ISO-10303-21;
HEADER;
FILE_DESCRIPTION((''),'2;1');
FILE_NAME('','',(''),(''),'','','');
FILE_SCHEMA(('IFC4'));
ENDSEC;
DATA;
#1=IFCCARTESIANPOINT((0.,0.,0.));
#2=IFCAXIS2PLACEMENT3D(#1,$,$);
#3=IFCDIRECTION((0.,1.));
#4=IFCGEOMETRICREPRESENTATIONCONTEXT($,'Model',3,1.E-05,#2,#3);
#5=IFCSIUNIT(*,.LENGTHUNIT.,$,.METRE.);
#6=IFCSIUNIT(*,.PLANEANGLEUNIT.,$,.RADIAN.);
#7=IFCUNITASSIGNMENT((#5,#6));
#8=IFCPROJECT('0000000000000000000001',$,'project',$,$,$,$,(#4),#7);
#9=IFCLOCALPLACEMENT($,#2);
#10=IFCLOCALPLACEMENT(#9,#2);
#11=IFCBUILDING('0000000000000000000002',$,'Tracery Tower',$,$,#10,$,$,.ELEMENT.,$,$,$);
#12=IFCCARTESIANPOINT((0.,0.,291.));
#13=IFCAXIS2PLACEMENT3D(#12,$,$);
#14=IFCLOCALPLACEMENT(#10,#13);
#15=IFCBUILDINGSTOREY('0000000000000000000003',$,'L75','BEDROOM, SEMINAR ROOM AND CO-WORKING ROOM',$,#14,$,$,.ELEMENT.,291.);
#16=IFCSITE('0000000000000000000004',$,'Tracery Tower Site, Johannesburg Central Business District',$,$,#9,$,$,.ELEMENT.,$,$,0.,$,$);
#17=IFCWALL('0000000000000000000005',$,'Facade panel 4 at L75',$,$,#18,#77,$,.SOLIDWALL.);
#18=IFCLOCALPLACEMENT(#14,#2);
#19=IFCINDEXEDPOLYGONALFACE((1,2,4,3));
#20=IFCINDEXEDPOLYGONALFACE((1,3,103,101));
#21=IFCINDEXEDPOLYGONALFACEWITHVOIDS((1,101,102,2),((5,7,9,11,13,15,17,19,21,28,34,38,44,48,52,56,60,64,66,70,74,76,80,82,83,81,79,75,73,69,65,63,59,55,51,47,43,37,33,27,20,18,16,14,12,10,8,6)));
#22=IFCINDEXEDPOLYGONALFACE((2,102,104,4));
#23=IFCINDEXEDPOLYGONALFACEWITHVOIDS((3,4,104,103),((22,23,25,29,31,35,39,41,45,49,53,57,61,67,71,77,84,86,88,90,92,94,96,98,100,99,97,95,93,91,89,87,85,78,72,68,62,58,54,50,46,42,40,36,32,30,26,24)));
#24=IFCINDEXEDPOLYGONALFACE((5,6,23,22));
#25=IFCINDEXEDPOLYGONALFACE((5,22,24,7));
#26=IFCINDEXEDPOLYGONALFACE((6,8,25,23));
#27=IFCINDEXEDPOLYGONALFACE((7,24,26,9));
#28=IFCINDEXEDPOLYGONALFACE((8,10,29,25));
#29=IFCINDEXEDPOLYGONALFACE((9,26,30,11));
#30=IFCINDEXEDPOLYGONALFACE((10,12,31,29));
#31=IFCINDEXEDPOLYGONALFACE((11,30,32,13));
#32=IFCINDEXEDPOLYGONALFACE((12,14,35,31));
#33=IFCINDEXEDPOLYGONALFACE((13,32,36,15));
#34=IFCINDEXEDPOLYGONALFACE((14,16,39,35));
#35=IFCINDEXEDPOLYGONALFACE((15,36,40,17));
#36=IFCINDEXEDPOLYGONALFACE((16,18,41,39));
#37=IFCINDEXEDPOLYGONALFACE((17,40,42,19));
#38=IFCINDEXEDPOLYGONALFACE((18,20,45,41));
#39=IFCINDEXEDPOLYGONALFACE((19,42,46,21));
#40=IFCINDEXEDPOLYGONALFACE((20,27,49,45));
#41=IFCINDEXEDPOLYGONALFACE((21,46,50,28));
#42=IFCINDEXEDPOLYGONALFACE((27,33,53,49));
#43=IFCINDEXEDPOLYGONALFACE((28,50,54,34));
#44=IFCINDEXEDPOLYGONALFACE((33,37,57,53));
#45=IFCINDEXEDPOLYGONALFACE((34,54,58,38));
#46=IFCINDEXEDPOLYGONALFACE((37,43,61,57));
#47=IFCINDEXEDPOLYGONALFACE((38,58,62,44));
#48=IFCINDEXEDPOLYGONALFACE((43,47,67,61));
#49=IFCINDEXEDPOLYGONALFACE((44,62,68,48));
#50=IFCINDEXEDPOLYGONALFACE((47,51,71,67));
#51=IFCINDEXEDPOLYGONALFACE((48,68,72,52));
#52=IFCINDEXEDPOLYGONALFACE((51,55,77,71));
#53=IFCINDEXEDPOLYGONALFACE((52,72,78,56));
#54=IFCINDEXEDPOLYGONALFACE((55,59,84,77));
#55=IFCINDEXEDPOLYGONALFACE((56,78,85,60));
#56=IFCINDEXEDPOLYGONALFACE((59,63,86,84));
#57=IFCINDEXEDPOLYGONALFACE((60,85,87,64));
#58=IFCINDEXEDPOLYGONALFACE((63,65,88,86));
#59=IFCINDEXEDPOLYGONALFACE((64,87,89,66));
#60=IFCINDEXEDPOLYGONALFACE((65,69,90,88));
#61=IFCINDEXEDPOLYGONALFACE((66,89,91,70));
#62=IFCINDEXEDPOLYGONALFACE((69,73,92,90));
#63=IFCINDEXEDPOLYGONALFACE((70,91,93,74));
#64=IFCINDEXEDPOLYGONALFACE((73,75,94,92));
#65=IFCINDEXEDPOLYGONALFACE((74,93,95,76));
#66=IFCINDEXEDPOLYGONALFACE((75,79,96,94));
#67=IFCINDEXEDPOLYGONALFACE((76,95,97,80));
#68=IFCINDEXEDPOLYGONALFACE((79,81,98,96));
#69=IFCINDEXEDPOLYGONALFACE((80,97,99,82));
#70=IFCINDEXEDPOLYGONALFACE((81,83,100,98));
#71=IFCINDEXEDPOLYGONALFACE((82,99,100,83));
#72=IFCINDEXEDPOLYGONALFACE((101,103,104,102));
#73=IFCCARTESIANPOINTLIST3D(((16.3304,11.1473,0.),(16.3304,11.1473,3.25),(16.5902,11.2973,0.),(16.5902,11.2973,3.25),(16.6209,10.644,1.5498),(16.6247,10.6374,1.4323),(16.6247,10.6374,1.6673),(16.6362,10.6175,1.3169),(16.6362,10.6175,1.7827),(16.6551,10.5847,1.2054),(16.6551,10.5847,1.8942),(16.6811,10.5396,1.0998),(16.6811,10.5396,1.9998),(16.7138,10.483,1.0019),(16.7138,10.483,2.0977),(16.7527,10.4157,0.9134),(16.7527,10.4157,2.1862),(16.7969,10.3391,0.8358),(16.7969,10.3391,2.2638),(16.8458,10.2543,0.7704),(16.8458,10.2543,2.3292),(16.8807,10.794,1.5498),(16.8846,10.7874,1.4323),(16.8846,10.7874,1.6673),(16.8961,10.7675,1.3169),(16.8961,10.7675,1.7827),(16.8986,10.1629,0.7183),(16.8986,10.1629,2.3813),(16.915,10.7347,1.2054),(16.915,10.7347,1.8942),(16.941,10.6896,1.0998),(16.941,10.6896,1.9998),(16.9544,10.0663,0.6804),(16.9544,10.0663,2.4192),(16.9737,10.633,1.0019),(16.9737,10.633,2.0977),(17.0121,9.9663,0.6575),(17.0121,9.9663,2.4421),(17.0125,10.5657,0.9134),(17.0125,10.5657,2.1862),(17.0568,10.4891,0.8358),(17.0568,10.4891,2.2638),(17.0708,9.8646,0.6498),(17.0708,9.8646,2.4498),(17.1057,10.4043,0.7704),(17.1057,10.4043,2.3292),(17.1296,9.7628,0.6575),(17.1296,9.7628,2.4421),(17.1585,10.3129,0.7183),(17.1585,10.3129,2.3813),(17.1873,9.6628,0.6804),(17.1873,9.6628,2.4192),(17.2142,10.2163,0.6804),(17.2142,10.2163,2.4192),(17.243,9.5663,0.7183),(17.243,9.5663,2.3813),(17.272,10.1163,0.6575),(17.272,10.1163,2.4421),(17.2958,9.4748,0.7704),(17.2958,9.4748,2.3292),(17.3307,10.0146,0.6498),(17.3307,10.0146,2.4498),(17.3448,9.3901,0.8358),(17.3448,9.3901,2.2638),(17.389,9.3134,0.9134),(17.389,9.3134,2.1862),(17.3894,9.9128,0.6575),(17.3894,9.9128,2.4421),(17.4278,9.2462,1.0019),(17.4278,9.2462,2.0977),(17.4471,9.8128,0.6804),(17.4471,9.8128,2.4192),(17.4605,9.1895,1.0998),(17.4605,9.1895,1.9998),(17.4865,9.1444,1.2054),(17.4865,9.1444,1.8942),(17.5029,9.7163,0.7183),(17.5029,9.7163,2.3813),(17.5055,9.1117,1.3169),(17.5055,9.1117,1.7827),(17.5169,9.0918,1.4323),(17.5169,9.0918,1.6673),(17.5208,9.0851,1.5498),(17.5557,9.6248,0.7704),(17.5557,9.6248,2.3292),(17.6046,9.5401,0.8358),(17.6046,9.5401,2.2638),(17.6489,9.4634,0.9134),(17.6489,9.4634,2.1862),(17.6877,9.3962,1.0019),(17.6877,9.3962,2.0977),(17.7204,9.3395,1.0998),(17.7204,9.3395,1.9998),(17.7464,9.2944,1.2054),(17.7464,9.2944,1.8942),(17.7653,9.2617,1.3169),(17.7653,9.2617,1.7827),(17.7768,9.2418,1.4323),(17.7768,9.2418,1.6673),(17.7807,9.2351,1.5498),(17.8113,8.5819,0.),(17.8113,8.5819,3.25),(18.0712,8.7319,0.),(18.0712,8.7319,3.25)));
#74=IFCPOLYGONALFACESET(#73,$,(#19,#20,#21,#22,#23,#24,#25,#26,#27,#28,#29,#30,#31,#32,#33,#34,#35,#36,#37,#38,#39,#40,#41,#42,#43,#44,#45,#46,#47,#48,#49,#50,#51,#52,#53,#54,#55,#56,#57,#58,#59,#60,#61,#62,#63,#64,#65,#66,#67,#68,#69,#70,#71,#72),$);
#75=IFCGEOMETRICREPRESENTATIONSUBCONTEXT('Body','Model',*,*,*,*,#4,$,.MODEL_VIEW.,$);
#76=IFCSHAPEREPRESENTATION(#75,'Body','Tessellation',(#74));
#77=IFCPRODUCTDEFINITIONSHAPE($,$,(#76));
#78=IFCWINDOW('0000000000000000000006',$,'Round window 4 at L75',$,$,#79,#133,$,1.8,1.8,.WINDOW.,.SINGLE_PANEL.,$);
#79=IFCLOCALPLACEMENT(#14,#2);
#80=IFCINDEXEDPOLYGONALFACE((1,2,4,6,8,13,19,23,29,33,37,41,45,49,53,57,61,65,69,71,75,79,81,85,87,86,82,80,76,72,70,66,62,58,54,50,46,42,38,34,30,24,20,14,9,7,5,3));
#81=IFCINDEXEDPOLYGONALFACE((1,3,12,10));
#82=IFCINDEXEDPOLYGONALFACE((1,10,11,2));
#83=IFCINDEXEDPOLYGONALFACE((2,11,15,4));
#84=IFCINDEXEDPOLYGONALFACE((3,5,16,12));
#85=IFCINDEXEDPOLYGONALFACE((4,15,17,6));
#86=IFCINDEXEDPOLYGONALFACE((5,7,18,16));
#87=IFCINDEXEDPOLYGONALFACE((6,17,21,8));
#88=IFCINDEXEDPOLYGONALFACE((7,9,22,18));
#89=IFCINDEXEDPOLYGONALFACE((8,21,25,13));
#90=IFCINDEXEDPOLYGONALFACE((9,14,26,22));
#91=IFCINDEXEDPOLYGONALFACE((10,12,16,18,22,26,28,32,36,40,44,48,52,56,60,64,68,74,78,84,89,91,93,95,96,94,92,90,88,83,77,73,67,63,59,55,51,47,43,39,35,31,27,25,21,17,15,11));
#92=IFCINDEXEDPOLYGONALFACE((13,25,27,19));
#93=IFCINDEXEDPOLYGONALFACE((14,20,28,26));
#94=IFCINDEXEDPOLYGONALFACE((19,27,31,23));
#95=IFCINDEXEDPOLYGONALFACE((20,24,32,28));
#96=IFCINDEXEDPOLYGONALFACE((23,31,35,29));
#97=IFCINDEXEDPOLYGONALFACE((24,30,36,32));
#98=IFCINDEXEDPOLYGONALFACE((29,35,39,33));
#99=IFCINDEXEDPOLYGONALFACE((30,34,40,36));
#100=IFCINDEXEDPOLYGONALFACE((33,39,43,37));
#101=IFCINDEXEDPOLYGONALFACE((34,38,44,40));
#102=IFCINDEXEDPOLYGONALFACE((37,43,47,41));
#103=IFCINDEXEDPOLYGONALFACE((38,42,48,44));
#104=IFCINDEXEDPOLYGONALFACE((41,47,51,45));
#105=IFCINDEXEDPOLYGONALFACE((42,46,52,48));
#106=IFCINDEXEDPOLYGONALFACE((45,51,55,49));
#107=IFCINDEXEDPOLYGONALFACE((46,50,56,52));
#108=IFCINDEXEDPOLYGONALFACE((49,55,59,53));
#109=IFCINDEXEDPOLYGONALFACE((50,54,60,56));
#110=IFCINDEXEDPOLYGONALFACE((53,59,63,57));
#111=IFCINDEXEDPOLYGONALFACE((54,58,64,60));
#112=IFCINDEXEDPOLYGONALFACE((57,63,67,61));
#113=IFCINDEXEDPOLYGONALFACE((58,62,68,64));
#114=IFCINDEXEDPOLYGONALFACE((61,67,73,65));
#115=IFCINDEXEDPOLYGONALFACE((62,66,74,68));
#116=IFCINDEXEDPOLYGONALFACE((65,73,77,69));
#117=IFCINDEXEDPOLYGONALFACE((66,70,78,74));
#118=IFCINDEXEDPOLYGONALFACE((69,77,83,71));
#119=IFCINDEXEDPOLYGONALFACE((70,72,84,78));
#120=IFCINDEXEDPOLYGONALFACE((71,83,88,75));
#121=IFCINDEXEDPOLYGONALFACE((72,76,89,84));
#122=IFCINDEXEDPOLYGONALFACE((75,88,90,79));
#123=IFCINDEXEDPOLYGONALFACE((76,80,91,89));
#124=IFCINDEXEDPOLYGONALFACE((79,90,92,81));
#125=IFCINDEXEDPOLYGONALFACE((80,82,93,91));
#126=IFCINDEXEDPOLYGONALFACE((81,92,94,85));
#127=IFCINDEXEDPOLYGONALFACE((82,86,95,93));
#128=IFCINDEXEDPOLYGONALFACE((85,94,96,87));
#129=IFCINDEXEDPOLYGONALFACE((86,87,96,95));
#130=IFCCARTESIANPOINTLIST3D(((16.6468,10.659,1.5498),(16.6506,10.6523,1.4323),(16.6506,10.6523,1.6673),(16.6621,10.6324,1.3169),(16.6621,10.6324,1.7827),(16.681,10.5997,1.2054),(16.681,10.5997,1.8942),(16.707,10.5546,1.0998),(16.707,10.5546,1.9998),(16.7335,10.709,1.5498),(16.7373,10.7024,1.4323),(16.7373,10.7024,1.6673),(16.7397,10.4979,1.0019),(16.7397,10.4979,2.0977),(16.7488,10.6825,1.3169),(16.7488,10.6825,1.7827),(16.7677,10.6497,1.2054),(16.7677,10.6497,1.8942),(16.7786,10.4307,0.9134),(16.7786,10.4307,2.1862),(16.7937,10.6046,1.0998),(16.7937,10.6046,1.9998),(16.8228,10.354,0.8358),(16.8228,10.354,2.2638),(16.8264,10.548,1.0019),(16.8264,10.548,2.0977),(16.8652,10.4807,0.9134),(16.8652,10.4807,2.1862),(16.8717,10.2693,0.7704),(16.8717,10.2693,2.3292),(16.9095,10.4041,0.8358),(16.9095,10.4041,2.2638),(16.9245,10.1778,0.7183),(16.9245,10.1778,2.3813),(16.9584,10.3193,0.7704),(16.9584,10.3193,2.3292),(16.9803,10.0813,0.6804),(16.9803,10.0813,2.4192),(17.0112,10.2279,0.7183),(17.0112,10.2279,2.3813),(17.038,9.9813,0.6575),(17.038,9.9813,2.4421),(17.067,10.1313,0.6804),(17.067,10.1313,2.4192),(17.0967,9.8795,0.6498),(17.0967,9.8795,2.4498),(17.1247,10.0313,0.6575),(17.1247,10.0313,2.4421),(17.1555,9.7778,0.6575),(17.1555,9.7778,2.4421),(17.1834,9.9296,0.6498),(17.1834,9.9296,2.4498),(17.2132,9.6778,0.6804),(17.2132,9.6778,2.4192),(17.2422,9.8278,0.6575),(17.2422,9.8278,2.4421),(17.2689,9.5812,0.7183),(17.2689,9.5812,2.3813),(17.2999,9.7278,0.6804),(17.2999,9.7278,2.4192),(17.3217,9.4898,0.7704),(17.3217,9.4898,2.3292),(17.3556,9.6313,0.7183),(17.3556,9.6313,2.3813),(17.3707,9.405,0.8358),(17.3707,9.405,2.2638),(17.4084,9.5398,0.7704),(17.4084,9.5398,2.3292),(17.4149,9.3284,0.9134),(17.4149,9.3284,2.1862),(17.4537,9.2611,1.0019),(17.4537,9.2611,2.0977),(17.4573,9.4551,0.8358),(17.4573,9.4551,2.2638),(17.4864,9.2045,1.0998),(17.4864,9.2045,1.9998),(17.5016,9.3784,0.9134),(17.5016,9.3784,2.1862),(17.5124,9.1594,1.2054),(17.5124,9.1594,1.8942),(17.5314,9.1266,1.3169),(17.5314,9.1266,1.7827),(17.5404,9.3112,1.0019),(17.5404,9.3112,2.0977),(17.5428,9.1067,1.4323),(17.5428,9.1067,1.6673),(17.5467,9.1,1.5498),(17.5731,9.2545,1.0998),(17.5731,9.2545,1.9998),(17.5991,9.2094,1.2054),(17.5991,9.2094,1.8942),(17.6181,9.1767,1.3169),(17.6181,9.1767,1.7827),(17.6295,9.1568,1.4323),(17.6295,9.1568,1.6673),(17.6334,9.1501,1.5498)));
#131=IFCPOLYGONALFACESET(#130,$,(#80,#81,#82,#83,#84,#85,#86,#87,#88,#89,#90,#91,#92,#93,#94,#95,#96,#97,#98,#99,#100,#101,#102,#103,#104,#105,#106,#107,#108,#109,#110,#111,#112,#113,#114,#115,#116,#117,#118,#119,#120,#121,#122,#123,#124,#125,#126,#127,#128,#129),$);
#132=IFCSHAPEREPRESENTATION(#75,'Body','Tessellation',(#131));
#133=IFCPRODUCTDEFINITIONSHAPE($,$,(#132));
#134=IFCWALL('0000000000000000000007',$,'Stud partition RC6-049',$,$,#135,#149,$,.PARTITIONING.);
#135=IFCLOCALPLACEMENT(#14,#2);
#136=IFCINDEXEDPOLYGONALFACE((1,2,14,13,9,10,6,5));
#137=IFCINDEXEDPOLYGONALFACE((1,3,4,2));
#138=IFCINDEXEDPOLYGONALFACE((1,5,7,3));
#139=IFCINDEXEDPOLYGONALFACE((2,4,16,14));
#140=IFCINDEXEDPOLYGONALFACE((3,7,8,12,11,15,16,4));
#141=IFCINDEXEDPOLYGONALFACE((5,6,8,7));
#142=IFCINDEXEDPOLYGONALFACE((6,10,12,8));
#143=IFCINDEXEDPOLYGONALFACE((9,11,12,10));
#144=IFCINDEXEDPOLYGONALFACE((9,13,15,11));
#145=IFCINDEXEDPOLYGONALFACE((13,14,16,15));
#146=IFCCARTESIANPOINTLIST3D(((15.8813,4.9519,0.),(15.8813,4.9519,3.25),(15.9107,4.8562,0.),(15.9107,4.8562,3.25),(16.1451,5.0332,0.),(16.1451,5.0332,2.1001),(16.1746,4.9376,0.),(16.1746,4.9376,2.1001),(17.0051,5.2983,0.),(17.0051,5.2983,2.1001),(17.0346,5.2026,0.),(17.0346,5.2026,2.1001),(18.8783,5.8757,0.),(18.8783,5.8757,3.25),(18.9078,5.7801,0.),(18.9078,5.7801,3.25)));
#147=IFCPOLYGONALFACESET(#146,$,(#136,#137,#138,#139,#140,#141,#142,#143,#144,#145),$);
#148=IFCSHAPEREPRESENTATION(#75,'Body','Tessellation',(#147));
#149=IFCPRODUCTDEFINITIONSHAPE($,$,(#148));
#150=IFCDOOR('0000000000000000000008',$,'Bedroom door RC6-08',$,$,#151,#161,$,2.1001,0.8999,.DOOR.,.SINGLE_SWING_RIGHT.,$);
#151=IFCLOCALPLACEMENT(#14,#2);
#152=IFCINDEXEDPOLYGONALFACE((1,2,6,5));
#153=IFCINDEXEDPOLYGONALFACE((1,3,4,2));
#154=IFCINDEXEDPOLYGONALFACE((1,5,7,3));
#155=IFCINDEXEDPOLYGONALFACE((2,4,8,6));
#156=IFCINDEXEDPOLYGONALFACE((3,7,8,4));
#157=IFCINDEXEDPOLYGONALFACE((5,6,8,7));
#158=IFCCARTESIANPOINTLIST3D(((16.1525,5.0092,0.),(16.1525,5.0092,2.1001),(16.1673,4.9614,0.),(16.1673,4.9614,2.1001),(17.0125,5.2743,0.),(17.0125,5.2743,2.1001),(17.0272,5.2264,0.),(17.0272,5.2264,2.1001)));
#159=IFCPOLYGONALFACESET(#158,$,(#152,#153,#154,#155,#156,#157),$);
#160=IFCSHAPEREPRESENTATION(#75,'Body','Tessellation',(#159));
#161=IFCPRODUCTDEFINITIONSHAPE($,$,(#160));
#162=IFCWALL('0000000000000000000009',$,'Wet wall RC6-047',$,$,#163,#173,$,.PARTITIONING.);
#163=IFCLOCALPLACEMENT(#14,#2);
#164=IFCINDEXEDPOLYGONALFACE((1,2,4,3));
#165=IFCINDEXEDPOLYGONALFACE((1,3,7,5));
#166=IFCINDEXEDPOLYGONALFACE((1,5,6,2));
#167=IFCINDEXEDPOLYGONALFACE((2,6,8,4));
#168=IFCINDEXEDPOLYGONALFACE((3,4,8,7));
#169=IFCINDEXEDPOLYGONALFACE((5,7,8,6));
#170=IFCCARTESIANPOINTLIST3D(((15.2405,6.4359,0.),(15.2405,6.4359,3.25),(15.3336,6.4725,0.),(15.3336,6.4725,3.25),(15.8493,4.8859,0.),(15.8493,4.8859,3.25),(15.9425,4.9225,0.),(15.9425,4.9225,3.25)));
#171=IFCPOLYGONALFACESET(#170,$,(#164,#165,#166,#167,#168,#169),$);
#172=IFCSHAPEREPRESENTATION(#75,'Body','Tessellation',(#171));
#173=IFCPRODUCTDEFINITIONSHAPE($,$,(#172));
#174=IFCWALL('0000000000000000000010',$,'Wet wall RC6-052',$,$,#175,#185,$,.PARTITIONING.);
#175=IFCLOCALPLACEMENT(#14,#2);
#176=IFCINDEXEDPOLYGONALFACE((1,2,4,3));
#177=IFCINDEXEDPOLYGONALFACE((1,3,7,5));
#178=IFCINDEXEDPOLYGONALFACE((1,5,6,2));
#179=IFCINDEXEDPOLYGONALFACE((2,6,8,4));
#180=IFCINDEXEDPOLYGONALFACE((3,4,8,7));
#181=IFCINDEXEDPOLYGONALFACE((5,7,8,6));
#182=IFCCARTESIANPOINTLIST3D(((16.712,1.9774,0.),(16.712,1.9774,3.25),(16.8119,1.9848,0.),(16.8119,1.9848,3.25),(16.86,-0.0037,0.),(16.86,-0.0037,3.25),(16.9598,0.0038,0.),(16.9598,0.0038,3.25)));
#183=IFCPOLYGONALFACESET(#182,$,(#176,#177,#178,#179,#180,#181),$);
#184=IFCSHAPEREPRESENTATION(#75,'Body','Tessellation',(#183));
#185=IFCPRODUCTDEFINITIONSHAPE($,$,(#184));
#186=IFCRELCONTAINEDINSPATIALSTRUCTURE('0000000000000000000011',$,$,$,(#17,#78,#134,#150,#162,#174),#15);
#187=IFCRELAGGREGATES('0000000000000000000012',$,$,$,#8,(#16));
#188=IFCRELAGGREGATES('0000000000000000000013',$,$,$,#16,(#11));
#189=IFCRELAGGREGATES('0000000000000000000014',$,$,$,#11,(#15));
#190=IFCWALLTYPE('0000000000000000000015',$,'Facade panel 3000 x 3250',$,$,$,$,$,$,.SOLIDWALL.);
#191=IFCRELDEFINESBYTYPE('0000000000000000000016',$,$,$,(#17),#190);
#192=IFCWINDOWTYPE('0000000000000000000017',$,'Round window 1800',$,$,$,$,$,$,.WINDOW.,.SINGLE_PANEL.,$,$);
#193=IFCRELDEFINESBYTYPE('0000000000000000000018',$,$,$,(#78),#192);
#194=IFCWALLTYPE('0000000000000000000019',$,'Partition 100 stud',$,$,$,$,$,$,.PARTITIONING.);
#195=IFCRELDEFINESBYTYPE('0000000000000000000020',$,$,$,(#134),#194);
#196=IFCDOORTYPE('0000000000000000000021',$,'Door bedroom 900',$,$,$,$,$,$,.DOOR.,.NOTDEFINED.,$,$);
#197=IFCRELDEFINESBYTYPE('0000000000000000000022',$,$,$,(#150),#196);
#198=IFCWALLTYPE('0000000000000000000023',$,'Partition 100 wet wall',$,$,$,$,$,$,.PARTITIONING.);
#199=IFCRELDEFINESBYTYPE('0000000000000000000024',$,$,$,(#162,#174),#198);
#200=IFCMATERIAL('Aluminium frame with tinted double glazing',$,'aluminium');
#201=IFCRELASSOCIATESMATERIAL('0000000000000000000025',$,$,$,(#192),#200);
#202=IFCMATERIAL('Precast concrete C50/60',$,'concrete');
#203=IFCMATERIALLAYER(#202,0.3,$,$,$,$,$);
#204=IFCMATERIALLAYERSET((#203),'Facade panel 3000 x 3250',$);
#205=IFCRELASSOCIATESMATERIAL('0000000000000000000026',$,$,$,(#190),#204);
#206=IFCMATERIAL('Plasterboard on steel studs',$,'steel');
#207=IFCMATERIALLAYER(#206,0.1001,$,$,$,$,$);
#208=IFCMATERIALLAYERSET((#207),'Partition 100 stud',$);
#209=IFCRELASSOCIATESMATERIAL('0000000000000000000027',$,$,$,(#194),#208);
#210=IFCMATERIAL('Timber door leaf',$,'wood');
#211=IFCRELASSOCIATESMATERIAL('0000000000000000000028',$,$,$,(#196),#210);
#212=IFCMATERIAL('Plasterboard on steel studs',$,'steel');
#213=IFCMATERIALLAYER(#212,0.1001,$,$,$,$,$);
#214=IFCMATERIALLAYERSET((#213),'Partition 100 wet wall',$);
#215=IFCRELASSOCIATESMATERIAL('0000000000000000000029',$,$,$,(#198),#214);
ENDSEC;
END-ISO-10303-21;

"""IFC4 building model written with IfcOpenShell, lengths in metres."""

from ifc_helpers import new_model, si_unit, direction, frame, frame_2d, origin, origin_2d, place, context, subcontext, project, spatial, rectangle, circle, extrude, material, layer, layer_set, type_object, element, fill, save


model = new_model("IFC4")

# Units and contexts
model_context = context("Model", 3, precision=1e-05, world=origin(), true_north=direction((0.0, 1.0)))
body_context = subcontext(model_context, "Body", "Model", "MODEL_VIEW")
ifc_project = project(units=[si_unit("LENGTHUNIT", "METRE"), si_unit("PLANEANGLEUNIT", "RADIAN")], contexts=[model_context])

# Site, building, storey
site_placement = place(None, origin())
site = spatial("IfcSite", under=ifc_project, at=site_placement, Name="Tracery Tower Site, Johannesburg Central Business District", CompositionType="ELEMENT", RefElevation=0.0)
building_placement = place(site_placement, origin())
building = spatial("IfcBuilding", under=site, at=building_placement, Name="Tracery Tower", CompositionType="ELEMENT")
storey_placement = place(building_placement, frame((0.0, 0.0, 291.0)))
storey = spatial("IfcBuildingStorey", under=building, at=storey_placement, Name="L75", Description="BEDROOM, SEMINAR ROOM AND CO-WORKING ROOM", CompositionType="ELEMENT", Elevation=291.0)

# Wall, opening, window
ifc_material_1 = material(Name="Aluminium frame with tinted double glazing", Category="aluminium")
window_type = type_object("IfcWindowType", Name="Round window 1800", PartitioningType="SINGLE_PANEL", PredefinedType="WINDOW", material=ifc_material_1)
ifc_material_2 = material(Name="Precast concrete C50/60", Category="concrete")
ifc_layer_1 = layer(ifc_material_2, 0.3)
ifc_layer_set_1 = layer_set([ifc_layer_1], Name="Facade panel 3000 x 3250")
wall_type_1 = type_object("IfcWallType", Name="Facade panel 3000 x 3250", PredefinedType="SOLIDWALL", material=ifc_layer_set_1)
wall_1_placement = place(storey_placement, frame((17.9412, 8.657, 0.0), z_axis=(0.0, 0.0, 1.0), x_axis=(-0.499951, 0.866054, 0.0)))
wall_1 = element("IfcWall", 1, at=wall_1_placement, inside=storey, type_object=wall_type_1, Name="Facade panel 4 at L75", PredefinedType="SOLIDWALL", context=body_context, shape_type="SweptSolid", body=[
    extrude(rectangle(XDim=2.9622, YDim=0.3, at=frame_2d((1.481, 0.0))), origin(), (0.0, 0.0, 1.0), 3.25),
])
opening_1_placement = place(wall_1_placement, frame((1.481, 0.0, 1.5498)))
opening_1 = element("IfcOpeningElement", 2, at=opening_1_placement, cuts=wall_1, PredefinedType="OPENING", context=body_context, shape_type="SweptSolid", body=[
    extrude(circle(Radius=0.9, at=origin_2d()), frame((0.0, 0.1599, 0.0), z_axis=(0.0, -1.0, 0.0), x_axis=(1.0, 0.0, 0.0)), (0.0, 0.0, 1.0), 0.3201),
])
window_1_placement = place(opening_1_placement, origin())
window_1 = element("IfcWindow", 3, at=window_1_placement, inside=storey, type_object=window_type, Name="Round window 4 at L75", OverallHeight=1.8, OverallWidth=1.8, PartitioningType="SINGLE_PANEL", PredefinedType="WINDOW", context=body_context, shape_type="SweptSolid", body=[
    extrude(circle(Radius=0.9, at=origin_2d()), frame((0.0, 0.1201, 0.0), z_axis=(0.0, -1.0, 0.0), x_axis=(1.0, 0.0, 0.0)), (0.0, 0.0, 1.0), 0.1001),
])
fill(opening_1, window_1)

# Wall, opening, door
ifc_material_3 = material(Name="Plasterboard on steel studs", Category="steel")
ifc_layer_2 = layer(ifc_material_3, 0.1001)
ifc_layer_set_2 = layer_set([ifc_layer_2], Name="Partition 100 stud")
wall_type_2 = type_object("IfcWallType", Name="Partition 100 stud", PredefinedType="PARTITIONING", material=ifc_layer_set_2)
wall_2_placement = place(storey_placement, frame((15.896, 4.9041, 0.0), z_axis=(0.0, 0.0, 1.0), x_axis=(0.955631, 0.294567, 0.0)))
wall_2 = element("IfcWall", 4, at=wall_2_placement, inside=storey, type_object=wall_type_2, Name="Stud partition RC6-049", PredefinedType="PARTITIONING", context=body_context, shape_type="SweptSolid", body=[
    extrude(rectangle(XDim=3.1362, YDim=0.1001, at=frame_2d((1.5681, 0.0))), origin(), (0.0, 0.0, 1.0), 3.25),
])
opening_2_placement = place(wall_2_placement, frame((0.2761, 0.0, 0.0)))
opening_2 = element("IfcOpeningElement", 5, at=opening_2_placement, cuts=wall_2, PredefinedType="OPENING", context=body_context, shape_type="SweptSolid", body=[
    extrude(rectangle(XDim=0.8999, YDim=2.1001, at=frame_2d((0.45, 1.05))), frame((0.0, 0.05, 0.0), z_axis=(0.0, -1.0, 0.0), x_axis=(1.0, 0.0, 0.0)), (0.0, 0.0, 1.0), 0.1001),
])
ifc_material_4 = material(Name="Timber door leaf", Category="wood")
door_type_1 = type_object("IfcDoorType", Name="Door bedroom 900", OperationType="NOTDEFINED", PredefinedType="DOOR", material=ifc_material_4)
door_1_placement = place(opening_2_placement, origin())
door_1 = element("IfcDoor", 6, at=door_1_placement, inside=storey, type_object=door_type_1, Name="Bedroom door RC6-08", OperationType="SINGLE_SWING_RIGHT", OverallHeight=2.1001, OverallWidth=0.8999, PredefinedType="DOOR", context=body_context, shape_type="SweptSolid", body=[
    extrude(rectangle(XDim=0.8999, YDim=2.1001, at=frame_2d((0.45, 1.05))), frame((0.0, 0.0249, 0.0), z_axis=(0.0, -1.0, 0.0), x_axis=(1.0, 0.0, 0.0)), (0.0, 0.0, 1.0), 0.05),
])
fill(opening_2, door_1)

# Walls
ifc_material_5 = material(Name="Plasterboard on steel studs", Category="steel")
ifc_layer_3 = layer(ifc_material_5, 0.1001)
ifc_layer_set_3 = layer_set([ifc_layer_3], Name="Partition 100 wet wall")
wall_type_3 = type_object("IfcWallType", Name="Partition 100 wet wall", PredefinedType="PARTITIONING", material=ifc_layer_set_3)
wall_3_placement = place(storey_placement, frame((15.2871, 6.4541, 0.0), z_axis=(0.0, 0.0, 1.0), x_axis=(0.365621, -0.930764, 0.0)))
element("IfcWall", 7, at=wall_3_placement, inside=storey, type_object=wall_type_3, Name="Wet wall RC6-047", PredefinedType="PARTITIONING", context=body_context, shape_type="SweptSolid", body=[
    extrude(rectangle(XDim=1.6653, YDim=0.1001, at=frame_2d((0.8325, 0.0))), origin(), (0.0, 0.0, 1.0), 3.25),
])
wall_4_placement = place(storey_placement, frame((16.762, 1.981, 0.0), z_axis=(0.0, 0.0, 1.0), x_axis=(0.074478, -0.997223, 0.0)))
element("IfcWall", 8, at=wall_4_placement, inside=storey, type_object=wall_type_3, Name="Wet wall RC6-052", PredefinedType="PARTITIONING", context=body_context, shape_type="SweptSolid", body=[
    extrude(rectangle(XDim=1.9866, YDim=0.1001, at=frame_2d((0.9932, 0.0))), origin(), (0.0, 0.0, 1.0), 3.25),
])

save(model, "model.ifc")
